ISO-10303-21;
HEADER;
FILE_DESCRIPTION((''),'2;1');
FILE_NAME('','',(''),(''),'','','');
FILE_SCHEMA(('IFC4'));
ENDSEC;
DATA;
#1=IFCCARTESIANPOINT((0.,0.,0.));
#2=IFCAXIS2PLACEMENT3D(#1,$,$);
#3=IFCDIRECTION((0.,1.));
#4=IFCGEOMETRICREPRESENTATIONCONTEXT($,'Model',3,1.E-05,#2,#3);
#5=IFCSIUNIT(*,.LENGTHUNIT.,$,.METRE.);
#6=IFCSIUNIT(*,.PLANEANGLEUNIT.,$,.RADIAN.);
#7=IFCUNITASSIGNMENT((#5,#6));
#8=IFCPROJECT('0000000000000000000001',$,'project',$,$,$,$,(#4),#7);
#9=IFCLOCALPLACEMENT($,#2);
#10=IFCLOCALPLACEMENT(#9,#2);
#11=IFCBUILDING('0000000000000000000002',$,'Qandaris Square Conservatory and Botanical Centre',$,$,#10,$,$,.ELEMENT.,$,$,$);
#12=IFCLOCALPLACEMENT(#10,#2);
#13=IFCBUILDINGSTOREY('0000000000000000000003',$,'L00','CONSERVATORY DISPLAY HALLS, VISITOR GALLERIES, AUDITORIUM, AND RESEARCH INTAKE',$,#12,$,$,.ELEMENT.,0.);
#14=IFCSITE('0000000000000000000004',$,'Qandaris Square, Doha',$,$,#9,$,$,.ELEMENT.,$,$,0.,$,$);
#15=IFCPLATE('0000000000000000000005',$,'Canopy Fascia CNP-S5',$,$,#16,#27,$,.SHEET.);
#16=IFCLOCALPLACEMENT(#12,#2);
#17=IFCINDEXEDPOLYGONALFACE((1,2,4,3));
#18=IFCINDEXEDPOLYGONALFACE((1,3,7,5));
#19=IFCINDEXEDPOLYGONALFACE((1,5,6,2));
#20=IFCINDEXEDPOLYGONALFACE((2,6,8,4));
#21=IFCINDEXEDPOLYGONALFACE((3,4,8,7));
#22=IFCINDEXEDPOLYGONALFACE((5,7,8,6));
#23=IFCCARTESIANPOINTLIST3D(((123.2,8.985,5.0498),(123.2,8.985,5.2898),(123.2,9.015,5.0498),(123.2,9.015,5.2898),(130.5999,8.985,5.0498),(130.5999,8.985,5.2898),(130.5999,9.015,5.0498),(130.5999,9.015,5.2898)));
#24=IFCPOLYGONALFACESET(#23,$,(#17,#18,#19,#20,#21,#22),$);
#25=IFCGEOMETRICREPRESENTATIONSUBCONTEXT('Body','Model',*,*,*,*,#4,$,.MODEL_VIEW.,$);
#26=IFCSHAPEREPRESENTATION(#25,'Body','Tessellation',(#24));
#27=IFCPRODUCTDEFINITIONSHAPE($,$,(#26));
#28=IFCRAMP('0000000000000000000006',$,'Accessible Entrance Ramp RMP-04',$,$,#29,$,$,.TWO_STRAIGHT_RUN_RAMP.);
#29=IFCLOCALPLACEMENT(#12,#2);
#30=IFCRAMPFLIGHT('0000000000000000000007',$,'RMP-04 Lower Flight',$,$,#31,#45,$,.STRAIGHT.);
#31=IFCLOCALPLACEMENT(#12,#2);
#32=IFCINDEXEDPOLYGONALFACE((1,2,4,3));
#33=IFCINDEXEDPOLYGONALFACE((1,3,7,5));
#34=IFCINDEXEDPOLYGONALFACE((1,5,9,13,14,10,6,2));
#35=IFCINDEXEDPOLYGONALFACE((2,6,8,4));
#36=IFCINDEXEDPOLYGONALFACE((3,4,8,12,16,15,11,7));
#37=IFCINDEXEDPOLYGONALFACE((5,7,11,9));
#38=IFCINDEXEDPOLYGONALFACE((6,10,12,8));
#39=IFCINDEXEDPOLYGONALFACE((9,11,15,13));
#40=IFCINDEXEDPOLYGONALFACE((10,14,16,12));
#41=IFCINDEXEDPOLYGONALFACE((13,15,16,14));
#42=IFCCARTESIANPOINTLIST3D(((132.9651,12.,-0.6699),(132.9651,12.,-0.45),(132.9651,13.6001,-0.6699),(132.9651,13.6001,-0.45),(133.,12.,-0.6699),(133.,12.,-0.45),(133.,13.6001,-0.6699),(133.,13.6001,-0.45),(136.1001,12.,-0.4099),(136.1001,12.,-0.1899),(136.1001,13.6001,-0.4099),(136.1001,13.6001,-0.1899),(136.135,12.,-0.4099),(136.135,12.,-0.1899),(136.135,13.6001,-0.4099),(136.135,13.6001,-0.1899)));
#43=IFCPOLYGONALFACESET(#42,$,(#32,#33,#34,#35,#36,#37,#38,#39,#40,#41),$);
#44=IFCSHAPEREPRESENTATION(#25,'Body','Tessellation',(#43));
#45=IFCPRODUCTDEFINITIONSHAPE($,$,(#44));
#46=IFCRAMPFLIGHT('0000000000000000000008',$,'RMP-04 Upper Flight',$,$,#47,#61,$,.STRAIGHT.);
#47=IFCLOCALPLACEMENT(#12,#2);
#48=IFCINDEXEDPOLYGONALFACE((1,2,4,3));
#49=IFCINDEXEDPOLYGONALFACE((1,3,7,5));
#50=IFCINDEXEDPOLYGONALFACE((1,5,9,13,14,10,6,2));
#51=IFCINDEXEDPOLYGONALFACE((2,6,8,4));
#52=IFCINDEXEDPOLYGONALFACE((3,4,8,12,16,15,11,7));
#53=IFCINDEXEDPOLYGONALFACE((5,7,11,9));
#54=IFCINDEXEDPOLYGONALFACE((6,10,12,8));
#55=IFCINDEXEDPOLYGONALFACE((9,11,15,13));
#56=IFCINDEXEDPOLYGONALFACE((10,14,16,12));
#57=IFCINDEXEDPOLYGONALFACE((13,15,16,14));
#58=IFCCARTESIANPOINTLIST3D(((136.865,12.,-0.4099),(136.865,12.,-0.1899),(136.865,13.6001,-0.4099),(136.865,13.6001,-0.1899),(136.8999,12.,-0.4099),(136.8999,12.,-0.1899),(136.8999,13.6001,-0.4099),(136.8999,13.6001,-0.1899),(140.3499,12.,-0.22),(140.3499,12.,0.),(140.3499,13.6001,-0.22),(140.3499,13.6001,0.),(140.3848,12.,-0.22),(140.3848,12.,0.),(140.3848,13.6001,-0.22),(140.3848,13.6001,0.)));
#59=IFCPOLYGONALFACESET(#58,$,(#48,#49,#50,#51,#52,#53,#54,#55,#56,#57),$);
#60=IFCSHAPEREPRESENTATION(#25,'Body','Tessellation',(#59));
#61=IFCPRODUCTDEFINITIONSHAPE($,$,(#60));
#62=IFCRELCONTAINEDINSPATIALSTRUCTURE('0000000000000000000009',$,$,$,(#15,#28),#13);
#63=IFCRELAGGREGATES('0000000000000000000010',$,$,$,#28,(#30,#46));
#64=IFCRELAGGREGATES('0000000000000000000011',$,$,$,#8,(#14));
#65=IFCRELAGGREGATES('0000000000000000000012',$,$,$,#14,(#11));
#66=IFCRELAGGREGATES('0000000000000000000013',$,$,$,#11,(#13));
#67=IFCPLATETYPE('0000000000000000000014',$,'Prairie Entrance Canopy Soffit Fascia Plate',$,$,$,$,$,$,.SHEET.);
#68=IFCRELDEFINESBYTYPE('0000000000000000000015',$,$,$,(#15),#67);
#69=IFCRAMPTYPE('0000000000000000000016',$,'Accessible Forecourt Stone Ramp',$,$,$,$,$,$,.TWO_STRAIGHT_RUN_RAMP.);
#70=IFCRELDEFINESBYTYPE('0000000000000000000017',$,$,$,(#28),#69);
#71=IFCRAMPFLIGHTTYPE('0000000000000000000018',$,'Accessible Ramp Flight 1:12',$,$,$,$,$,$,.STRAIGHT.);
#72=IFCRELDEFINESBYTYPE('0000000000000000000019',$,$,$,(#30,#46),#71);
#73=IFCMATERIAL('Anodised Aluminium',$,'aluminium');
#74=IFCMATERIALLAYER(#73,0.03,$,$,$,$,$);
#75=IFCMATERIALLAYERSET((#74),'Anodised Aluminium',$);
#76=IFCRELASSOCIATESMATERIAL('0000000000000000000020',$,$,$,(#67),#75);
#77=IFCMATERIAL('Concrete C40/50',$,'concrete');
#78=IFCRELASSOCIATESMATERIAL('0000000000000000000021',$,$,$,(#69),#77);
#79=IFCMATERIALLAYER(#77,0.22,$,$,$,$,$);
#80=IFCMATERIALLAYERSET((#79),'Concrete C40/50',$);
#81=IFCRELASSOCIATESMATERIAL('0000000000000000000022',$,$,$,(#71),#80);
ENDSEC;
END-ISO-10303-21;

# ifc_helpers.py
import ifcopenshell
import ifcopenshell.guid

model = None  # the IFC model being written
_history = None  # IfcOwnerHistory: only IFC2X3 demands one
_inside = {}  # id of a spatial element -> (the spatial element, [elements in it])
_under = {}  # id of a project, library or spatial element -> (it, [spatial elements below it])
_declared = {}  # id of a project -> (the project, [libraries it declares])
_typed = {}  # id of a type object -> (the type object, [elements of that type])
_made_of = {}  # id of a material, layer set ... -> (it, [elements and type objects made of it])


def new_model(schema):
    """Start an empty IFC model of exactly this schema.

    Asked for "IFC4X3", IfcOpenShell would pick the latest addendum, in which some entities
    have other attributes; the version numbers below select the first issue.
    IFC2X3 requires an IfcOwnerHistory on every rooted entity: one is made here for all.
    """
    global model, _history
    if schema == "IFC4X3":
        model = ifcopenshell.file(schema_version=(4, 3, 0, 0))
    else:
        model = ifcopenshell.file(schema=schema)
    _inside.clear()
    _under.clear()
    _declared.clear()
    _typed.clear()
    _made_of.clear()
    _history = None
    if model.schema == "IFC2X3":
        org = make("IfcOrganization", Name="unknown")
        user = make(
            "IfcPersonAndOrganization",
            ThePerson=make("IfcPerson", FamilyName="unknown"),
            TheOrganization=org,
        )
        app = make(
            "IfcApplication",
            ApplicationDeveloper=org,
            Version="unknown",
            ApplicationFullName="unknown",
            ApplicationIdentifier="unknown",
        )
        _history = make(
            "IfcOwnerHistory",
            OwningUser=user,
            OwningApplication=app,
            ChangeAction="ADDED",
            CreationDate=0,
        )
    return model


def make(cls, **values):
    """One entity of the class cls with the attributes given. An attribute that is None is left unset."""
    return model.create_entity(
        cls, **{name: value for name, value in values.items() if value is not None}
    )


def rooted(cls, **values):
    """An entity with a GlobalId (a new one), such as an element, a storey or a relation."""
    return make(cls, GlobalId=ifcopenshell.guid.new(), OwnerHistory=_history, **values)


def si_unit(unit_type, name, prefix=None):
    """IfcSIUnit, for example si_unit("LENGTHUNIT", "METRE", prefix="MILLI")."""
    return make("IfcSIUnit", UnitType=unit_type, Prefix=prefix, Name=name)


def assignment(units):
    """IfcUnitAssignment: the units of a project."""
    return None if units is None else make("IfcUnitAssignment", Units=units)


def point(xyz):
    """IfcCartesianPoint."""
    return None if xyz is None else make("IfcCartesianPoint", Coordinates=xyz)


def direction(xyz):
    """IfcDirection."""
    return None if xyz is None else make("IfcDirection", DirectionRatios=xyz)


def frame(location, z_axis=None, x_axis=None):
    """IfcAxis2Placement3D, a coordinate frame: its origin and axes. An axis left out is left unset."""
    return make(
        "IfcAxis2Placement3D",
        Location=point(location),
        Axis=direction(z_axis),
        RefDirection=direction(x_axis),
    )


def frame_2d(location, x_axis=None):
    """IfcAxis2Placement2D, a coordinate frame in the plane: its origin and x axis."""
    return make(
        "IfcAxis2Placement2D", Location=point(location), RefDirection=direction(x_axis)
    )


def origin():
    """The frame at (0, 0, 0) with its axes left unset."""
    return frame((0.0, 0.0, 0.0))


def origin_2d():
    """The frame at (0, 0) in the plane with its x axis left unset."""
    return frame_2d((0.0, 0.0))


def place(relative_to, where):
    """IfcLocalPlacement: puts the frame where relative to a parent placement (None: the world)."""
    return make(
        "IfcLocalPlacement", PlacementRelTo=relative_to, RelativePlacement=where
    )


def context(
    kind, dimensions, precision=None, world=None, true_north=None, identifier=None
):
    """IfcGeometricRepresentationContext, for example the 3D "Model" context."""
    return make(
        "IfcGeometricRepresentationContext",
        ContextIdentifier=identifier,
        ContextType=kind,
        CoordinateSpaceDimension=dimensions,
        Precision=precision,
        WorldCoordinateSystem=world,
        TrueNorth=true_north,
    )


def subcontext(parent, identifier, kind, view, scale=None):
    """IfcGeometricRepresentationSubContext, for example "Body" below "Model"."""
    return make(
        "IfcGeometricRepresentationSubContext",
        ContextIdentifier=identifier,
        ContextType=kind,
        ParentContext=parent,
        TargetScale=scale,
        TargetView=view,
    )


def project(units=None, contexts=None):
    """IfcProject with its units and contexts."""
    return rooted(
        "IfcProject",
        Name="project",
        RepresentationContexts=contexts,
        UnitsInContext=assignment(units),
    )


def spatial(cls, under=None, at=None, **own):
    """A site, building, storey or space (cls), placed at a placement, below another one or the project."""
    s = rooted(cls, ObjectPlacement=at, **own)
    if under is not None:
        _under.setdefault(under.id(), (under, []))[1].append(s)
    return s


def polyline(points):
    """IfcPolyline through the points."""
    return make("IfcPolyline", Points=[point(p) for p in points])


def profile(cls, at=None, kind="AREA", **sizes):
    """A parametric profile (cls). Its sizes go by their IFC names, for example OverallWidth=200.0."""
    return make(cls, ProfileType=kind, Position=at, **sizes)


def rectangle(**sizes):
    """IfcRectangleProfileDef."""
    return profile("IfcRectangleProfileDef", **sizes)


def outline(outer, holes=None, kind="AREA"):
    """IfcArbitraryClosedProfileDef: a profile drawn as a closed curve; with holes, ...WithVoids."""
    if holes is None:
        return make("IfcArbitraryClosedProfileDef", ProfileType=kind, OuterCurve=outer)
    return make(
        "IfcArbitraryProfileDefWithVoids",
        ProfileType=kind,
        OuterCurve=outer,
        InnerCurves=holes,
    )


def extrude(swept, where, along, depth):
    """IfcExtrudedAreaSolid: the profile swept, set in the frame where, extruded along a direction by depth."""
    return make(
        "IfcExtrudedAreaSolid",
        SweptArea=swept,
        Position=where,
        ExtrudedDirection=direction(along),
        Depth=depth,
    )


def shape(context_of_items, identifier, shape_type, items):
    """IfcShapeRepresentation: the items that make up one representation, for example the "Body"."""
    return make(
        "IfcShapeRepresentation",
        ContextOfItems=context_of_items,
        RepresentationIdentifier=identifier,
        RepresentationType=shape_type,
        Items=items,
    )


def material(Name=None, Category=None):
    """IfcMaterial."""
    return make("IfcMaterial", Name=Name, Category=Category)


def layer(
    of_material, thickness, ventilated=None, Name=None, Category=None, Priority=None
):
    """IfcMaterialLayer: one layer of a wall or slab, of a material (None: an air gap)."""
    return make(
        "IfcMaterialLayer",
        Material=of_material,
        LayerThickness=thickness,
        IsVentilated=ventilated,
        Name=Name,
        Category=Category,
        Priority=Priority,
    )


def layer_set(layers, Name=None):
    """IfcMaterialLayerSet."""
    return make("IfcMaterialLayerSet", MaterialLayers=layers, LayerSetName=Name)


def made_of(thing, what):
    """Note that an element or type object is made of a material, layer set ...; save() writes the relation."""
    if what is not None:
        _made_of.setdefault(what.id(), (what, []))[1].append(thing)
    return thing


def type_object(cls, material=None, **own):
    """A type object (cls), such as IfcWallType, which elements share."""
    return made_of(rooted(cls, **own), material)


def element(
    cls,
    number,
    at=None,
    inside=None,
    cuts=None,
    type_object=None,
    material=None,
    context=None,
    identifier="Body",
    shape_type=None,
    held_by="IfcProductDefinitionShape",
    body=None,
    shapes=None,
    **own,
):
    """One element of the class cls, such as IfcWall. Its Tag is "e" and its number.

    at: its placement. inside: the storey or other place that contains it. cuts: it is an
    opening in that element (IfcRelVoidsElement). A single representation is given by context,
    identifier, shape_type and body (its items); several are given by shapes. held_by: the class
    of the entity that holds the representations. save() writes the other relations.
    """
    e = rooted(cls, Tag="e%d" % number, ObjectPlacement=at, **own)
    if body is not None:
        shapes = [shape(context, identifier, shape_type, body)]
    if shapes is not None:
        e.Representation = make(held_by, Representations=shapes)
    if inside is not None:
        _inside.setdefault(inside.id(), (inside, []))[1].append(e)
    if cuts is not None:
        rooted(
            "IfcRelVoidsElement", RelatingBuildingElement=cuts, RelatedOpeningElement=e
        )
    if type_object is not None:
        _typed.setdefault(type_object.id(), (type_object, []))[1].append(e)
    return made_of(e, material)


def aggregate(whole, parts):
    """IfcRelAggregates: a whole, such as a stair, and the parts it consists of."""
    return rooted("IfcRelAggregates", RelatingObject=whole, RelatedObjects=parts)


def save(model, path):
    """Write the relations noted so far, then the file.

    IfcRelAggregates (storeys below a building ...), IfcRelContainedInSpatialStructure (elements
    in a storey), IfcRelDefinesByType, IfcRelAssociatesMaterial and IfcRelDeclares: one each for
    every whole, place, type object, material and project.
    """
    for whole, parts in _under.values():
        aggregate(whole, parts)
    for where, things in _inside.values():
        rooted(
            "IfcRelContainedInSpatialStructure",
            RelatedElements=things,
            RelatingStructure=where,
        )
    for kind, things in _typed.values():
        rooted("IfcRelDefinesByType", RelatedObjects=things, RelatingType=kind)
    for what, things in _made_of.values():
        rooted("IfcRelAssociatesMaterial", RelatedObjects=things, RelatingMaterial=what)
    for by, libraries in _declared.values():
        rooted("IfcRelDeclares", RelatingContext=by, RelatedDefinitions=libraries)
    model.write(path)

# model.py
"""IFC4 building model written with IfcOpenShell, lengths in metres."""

from ifc_helpers import new_model, si_unit, direction, frame, origin, origin_2d, place, context, subcontext, project, spatial, polyline, rectangle, outline, extrude, material, layer, layer_set, type_object, element, aggregate, save


model = new_model("IFC4")

# Units and contexts
model_context = context("Model", 3, precision=1e-05, world=origin(), true_north=direction((0.0, 1.0)))
body_context = subcontext(model_context, "Body", "Model", "MODEL_VIEW")
ifc_project = project(units=[si_unit("LENGTHUNIT", "METRE"), si_unit("PLANEANGLEUNIT", "RADIAN")], contexts=[model_context])

# Site, building, storey
site_placement = place(None, origin())
site = spatial("IfcSite", under=ifc_project, at=site_placement, Name="Qandaris Square, Doha", CompositionType="ELEMENT", RefElevation=0.0)
building_placement = place(site_placement, origin())
building = spatial("IfcBuilding", under=site, at=building_placement, Name="Qandaris Square Conservatory and Botanical Centre", CompositionType="ELEMENT")
storey_placement = place(building_placement, origin())
storey = spatial("IfcBuildingStorey", under=building, at=storey_placement, Name="L00", Description="CONSERVATORY DISPLAY HALLS, VISITOR GALLERIES, AUDITORIUM, AND RESEARCH INTAKE", CompositionType="ELEMENT", Elevation=0.0)

# Shared definitions
ifc_material_1 = material(Name="Concrete C40/50", Category="concrete")

# Plate
ifc_material_2 = material(Name="Anodised Aluminium", Category="aluminium")
ifc_layer_1 = layer(ifc_material_2, 0.03)
ifc_layer_set_1 = layer_set([ifc_layer_1], Name="Anodised Aluminium")
plate_type = type_object("IfcPlateType", Name="Prairie Entrance Canopy Soffit Fascia Plate", PredefinedType="SHEET", material=ifc_layer_set_1)
plate_placement = place(storey_placement, frame((126.8999, 9.0, 5.0498), z_axis=(0.0, 0.0, 1.0), x_axis=(1.0, 0.0, 0.0)))
element("IfcPlate", 1, at=plate_placement, inside=storey, type_object=plate_type, Name="Canopy Fascia CNP-S5", PredefinedType="SHEET", context=body_context, shape_type="SweptSolid", body=[
    extrude(rectangle(XDim=7.3999, YDim=0.03, at=origin_2d()), origin(), (0.0, 0.0, 1.0), 0.24),
])

# Ramp, ramp flights
ramp_type = type_object("IfcRampType", Name="Accessible Forecourt Stone Ramp", PredefinedType="TWO_STRAIGHT_RUN_RAMP", material=ifc_material_1)
ramp_placement = place(storey_placement, origin())
ramp = element("IfcRamp", 2, at=ramp_placement, inside=storey, type_object=ramp_type, Name="Accessible Entrance Ramp RMP-04", PredefinedType="TWO_STRAIGHT_RUN_RAMP")
ifc_layer_2 = layer(ifc_material_1, 0.22)
ifc_layer_set_2 = layer_set([ifc_layer_2], Name="Concrete C40/50")
ramp_flight_type = type_object("IfcRampFlightType", Name="Accessible Ramp Flight 1:12", PredefinedType="STRAIGHT", material=ifc_layer_set_2)
ramp_flight_1_placement = place(storey_placement, frame((133.0, 12.8, -0.45), z_axis=(0.0, 0.0, 1.0), x_axis=(1.0, 0.0, 0.0)))
ramp_flight_1 = element("IfcRampFlight", 3, at=ramp_flight_1_placement, type_object=ramp_flight_type, Name="RMP-04 Lower Flight", PredefinedType="STRAIGHT", context=body_context, shape_type="SweptSolid", body=[
    extrude(outline(polyline([(-0.0349, 0.0), (0.0, 0.0), (3.1001, 0.26), (3.135, 0.26), (3.135, 0.04), (3.1001, 0.04), (0.0, -0.22), (-0.0349, -0.22), (-0.0349, 0.0)])), frame((0.0, 0.8, 0.0), z_axis=(0.0, -1.0, 0.0), x_axis=(1.0, 0.0, 0.0)), (0.0, 0.0, 1.0), 1.6001),
])
ramp_flight_2_placement = place(storey_placement, frame((136.8999, 12.8, -0.1899), z_axis=(0.0, 0.0, 1.0), x_axis=(1.0, 0.0, 0.0)))
ramp_flight_2 = element("IfcRampFlight", 4, at=ramp_flight_2_placement, type_object=ramp_flight_type, Name="RMP-04 Upper Flight", PredefinedType="STRAIGHT", context=body_context, shape_type="SweptSolid", body=[
    extrude(outline(polyline([(-0.0349, 0.0), (0.0, 0.0), (3.45, 0.1899), (3.4849, 0.1899), (3.4849, -0.03), (3.45, -0.03), (0.0, -0.22), (-0.0349, -0.22), (-0.0349, 0.0)])), frame((0.0, 0.8, 0.0), z_axis=(0.0, -1.0, 0.0), x_axis=(1.0, 0.0, 0.0)), (0.0, 0.0, 1.0), 1.6001),
])
aggregate(ramp, [ramp_flight_1, ramp_flight_2])

save(model, "model.ifc")
